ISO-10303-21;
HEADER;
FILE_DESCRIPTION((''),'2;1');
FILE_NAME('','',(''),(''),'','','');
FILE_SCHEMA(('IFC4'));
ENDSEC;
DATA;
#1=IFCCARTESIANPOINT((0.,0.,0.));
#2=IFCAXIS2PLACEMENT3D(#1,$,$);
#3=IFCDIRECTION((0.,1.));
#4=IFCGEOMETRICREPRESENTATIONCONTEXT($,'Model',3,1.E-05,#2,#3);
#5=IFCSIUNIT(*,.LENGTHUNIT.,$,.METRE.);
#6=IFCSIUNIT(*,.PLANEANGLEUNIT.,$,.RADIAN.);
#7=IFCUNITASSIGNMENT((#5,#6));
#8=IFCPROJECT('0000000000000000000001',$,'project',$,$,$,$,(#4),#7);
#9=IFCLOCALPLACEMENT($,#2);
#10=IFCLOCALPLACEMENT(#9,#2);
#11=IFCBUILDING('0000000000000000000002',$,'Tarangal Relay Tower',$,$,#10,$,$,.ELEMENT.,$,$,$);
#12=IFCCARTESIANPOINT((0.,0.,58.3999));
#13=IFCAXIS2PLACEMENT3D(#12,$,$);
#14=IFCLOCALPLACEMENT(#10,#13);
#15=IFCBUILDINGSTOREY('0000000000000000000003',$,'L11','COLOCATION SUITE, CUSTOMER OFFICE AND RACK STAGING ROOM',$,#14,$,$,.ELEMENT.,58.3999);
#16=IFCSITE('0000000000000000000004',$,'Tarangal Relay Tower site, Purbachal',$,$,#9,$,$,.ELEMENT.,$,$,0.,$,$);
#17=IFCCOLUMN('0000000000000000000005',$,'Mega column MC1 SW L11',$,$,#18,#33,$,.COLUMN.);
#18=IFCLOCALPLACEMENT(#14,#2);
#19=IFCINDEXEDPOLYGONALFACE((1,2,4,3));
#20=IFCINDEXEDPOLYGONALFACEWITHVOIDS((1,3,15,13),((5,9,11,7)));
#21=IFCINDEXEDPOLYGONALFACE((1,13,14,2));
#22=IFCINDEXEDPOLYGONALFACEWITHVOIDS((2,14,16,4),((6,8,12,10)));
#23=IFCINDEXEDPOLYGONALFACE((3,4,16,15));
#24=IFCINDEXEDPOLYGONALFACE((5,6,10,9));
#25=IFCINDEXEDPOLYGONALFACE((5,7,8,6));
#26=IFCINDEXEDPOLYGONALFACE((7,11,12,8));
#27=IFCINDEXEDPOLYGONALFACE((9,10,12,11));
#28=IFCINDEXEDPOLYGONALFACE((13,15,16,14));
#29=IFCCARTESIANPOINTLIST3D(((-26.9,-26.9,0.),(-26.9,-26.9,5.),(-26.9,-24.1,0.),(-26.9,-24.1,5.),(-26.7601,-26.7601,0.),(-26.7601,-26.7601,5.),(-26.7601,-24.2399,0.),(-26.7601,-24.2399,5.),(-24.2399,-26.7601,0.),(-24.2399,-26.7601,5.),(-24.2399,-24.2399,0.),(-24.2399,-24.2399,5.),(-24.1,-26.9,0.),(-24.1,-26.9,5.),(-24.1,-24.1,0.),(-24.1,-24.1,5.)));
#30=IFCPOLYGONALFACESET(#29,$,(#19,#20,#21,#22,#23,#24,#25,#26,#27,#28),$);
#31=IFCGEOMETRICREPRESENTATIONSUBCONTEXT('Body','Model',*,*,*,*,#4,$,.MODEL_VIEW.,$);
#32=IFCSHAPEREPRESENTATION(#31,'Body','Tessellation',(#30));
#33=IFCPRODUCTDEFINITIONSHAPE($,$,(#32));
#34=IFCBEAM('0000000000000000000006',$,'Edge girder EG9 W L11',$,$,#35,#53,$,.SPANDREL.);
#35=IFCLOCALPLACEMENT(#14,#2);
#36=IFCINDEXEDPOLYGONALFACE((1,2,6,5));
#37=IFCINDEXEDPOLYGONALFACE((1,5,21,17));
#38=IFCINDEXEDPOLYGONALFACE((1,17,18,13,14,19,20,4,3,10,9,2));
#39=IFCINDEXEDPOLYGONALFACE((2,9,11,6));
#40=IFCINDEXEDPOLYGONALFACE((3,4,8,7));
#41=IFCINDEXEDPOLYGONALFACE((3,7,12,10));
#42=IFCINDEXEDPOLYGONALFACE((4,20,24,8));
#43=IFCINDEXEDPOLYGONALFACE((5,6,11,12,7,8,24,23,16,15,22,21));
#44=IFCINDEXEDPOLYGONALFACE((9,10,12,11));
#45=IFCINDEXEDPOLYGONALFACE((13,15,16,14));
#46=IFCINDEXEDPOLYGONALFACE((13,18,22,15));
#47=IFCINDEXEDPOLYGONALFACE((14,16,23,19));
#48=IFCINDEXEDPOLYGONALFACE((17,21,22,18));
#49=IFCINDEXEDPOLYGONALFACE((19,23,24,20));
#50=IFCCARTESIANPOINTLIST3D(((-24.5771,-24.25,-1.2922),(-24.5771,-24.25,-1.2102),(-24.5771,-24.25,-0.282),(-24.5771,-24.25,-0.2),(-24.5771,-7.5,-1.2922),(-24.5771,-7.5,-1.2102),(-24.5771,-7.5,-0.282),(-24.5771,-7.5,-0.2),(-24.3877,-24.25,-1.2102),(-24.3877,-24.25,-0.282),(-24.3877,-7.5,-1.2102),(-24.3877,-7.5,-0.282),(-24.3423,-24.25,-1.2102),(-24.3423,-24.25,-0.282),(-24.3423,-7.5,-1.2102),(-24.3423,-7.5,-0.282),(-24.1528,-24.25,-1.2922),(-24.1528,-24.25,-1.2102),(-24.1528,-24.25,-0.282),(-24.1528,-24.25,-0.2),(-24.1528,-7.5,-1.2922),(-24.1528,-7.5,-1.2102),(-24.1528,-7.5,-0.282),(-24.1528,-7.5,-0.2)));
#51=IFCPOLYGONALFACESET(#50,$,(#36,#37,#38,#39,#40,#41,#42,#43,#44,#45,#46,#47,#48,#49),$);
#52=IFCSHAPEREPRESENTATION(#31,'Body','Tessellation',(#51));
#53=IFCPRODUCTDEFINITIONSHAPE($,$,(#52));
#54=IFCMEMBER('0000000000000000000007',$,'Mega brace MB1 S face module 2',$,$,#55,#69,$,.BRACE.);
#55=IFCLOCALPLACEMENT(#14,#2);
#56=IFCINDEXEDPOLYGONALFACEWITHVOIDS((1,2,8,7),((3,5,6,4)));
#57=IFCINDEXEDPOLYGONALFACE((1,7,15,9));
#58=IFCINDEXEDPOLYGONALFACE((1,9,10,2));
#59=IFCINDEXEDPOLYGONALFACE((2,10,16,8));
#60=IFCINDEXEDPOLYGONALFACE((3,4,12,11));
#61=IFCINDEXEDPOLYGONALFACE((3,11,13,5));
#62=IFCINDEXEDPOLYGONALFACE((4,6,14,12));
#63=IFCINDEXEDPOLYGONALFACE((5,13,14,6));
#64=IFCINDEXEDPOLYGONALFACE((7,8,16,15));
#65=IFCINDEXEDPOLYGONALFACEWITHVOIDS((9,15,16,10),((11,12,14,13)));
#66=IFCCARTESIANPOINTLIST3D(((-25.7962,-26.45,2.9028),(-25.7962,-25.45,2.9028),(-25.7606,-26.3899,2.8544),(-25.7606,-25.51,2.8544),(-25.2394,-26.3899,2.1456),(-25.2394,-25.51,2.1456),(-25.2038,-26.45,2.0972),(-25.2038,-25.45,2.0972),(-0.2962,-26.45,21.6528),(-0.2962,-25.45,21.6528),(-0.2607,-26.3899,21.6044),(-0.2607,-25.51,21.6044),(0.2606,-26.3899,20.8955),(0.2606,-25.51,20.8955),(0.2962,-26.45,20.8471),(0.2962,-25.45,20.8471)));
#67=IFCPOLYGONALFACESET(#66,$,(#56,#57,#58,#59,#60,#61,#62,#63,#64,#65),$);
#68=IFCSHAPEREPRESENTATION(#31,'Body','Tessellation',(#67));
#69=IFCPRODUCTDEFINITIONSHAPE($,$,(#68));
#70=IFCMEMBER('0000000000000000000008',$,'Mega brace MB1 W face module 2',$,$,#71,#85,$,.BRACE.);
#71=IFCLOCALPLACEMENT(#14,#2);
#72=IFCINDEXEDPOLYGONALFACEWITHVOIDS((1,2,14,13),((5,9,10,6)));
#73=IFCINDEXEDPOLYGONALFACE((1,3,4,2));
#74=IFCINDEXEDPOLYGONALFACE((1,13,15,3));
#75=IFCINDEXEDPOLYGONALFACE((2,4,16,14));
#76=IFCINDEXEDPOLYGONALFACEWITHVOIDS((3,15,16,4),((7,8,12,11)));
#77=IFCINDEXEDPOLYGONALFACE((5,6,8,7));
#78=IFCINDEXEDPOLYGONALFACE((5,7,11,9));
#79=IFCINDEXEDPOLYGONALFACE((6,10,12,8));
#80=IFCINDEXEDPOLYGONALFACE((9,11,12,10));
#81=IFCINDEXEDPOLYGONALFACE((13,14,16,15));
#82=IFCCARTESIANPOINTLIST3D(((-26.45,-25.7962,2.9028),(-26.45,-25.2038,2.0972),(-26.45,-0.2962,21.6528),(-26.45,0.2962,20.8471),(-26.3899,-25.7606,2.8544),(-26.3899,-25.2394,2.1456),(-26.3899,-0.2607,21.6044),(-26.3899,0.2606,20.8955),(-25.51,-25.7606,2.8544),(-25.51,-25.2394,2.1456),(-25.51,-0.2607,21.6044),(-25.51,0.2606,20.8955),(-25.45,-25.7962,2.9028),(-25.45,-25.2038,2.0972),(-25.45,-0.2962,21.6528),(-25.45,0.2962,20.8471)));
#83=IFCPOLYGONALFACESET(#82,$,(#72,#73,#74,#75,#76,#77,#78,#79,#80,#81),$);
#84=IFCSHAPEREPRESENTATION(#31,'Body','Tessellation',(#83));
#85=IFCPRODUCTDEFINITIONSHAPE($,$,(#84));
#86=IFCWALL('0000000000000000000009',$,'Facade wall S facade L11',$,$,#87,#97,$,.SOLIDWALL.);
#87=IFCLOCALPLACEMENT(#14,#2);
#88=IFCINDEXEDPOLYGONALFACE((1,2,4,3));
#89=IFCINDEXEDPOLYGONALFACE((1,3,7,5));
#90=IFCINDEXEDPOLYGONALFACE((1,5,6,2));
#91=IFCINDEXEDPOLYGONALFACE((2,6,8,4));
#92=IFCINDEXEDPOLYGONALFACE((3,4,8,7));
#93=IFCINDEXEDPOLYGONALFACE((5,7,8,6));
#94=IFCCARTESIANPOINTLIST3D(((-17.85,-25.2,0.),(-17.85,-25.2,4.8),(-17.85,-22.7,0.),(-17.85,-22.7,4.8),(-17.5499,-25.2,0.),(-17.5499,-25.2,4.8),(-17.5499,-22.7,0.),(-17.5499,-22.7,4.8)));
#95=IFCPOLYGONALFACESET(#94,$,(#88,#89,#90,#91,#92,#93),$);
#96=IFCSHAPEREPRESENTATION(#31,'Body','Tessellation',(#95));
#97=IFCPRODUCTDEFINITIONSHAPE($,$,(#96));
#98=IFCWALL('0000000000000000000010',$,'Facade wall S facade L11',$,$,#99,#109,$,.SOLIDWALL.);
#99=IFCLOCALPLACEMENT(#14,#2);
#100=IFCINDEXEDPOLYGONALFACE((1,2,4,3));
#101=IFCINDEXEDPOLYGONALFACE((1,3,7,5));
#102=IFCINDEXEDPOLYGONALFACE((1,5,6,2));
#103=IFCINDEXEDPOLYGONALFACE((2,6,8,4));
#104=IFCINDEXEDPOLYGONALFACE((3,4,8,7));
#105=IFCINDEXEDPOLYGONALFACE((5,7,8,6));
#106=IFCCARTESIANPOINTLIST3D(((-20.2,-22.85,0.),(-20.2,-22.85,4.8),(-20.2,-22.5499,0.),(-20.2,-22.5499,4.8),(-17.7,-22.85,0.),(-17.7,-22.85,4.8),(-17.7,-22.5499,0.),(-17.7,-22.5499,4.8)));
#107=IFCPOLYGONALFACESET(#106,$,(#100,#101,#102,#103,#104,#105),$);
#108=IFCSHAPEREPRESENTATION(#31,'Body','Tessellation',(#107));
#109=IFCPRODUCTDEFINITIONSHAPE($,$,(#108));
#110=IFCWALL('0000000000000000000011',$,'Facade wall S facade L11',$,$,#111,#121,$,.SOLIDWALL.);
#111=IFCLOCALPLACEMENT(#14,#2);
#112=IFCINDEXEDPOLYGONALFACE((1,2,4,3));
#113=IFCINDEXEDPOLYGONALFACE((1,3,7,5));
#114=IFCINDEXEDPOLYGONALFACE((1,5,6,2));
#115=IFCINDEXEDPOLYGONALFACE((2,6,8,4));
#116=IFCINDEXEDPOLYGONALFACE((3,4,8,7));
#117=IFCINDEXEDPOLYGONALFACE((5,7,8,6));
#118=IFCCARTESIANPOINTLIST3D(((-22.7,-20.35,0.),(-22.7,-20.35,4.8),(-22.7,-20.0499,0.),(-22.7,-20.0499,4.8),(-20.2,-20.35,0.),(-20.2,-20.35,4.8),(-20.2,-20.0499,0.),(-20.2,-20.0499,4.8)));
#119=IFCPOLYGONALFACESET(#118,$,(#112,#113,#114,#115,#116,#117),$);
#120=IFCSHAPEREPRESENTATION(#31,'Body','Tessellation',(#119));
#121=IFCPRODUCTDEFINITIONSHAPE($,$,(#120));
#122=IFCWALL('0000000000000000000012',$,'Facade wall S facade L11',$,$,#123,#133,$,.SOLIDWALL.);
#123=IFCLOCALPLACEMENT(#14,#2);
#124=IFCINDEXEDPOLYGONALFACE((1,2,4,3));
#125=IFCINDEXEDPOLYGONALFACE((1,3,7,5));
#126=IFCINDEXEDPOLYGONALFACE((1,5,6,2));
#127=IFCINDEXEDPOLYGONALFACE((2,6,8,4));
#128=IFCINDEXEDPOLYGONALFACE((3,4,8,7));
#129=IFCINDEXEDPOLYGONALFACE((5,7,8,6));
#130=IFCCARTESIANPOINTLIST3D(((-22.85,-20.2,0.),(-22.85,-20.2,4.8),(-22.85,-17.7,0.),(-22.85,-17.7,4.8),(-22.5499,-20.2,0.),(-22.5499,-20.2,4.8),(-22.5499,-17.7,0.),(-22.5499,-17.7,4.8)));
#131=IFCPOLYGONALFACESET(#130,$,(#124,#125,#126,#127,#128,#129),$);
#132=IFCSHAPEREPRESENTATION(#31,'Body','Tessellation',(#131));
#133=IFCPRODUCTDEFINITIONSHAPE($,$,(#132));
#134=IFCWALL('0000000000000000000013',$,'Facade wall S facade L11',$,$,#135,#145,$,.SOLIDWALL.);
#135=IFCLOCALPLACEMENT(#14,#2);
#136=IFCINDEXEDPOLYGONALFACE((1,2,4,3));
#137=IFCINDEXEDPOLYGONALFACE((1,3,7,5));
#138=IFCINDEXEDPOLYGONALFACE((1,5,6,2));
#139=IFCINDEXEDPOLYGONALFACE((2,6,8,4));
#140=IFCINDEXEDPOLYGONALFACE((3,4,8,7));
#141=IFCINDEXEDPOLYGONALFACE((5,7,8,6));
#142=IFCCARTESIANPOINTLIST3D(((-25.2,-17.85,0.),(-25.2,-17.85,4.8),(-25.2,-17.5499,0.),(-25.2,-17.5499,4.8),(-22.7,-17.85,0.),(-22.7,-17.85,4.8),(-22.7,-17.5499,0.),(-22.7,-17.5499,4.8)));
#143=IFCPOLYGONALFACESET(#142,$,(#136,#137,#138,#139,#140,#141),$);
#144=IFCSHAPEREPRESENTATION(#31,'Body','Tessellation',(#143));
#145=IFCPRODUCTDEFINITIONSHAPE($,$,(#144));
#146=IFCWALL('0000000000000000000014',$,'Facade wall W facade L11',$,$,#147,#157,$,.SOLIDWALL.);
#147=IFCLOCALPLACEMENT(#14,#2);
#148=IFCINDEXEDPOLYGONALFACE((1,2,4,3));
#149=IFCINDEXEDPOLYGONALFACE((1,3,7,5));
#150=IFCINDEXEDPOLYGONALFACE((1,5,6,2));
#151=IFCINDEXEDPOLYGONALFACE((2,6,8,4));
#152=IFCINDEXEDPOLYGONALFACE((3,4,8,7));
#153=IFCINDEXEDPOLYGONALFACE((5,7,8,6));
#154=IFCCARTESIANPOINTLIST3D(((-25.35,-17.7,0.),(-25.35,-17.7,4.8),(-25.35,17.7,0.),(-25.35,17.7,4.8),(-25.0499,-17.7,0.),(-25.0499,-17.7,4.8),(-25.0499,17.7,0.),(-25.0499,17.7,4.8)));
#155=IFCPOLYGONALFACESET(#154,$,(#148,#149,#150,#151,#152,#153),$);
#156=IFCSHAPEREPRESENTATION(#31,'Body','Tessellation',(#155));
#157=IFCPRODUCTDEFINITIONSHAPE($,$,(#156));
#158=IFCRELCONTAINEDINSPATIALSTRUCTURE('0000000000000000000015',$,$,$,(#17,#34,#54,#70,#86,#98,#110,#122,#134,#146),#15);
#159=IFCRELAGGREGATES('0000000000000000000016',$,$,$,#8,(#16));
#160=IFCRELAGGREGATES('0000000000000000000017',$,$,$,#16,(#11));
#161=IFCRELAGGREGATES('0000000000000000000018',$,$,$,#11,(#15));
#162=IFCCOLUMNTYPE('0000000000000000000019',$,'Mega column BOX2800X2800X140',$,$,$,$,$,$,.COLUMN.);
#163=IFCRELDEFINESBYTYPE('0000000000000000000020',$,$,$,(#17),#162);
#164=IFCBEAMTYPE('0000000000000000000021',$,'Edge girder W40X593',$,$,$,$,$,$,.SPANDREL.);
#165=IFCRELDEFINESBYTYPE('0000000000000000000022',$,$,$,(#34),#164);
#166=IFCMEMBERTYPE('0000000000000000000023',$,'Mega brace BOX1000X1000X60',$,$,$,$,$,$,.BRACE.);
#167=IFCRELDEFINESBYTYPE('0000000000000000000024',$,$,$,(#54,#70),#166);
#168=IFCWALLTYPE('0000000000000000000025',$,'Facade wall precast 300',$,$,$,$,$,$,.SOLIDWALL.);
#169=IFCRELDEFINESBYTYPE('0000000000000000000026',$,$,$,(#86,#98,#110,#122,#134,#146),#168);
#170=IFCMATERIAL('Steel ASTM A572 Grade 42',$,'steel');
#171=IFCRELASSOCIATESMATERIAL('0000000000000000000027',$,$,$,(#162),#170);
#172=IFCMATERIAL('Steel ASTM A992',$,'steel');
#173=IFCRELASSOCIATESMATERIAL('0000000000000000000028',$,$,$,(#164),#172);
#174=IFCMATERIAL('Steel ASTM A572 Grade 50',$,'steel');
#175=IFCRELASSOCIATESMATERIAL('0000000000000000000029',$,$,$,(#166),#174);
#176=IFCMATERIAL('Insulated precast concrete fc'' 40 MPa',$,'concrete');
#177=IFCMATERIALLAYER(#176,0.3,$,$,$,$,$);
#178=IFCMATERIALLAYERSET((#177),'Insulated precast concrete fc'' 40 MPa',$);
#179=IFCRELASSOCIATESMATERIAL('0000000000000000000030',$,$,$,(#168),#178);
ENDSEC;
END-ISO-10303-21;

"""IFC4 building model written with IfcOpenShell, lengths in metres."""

from ifc_helpers import new_model, si_unit, direction, frame, frame_2d, origin, origin_2d, place, context, subcontext, project, spatial, rectangle, hollow_rectangle, i_section, extrude, material, layer, layer_set, material_profile, profile_set, type_object, element, save


model = new_model("IFC4")

# Units and contexts
model_context = context("Model", 3, precision=1e-05, world=origin(), true_north=direction((0.0, 1.0)))
body_context = subcontext(model_context, "Body", "Model", "MODEL_VIEW")
ifc_project = project(units=[si_unit("LENGTHUNIT", "METRE"), si_unit("PLANEANGLEUNIT", "RADIAN")], contexts=[model_context])

# Site, building, storey
site_placement = place(None, origin())
site = spatial("IfcSite", under=ifc_project, at=site_placement, Name="Tarangal Relay Tower site, Purbachal", CompositionType="ELEMENT", RefElevation=0.0)
building_placement = place(site_placement, origin())
building = spatial("IfcBuilding", under=site, at=building_placement, Name="Tarangal Relay Tower", CompositionType="ELEMENT")
storey_placement = place(building_placement, frame((0.0, 0.0, 58.3999)))
storey = spatial("IfcBuildingStorey", under=building, at=storey_placement, Name="L11", Description="COLOCATION SUITE, CUSTOMER OFFICE AND RACK STAGING ROOM", CompositionType="ELEMENT", Elevation=58.3999)

# Column
ifc_material_1 = material(Name="Steel ASTM A572 Grade 42", Category="steel")
ifc_material_profile_1 = material_profile(ifc_material_1, hollow_rectangle(XDim=2.8, YDim=2.8, WallThickness=0.1399, at=origin_2d()), Name="BOX2800X2800X140")
ifc_profile_set_1 = profile_set([ifc_material_profile_1], Name="Steel ASTM A572 Grade 42")
column_type = type_object("IfcColumnType", Name="Mega column BOX2800X2800X140", PredefinedType="COLUMN", material=ifc_profile_set_1)
column_placement = place(storey_placement, frame((-25.5, -25.5, 0.0), z_axis=(0.0, 0.0, 1.0), x_axis=(1.0, 0.0, 0.0)))
element("IfcColumn", 1, at=column_placement, inside=storey, type_object=column_type, Name="Mega column MC1 SW L11", PredefinedType="COLUMN", context=body_context, shape_type="SweptSolid", body=[
    extrude(hollow_rectangle(XDim=2.8, YDim=2.8, WallThickness=0.1399, at=origin_2d()), origin(), (0.0, 0.0, 1.0), 5.0),
])

# Beam
ifc_material_2 = material(Name="Steel ASTM A992", Category="steel")
ifc_material_profile_2 = material_profile(ifc_material_2, i_section(OverallWidth=0.4243, OverallDepth=1.0923, WebThickness=0.0454, FlangeThickness=0.082, at=origin_2d()), Name="W40X593")
ifc_profile_set_2 = profile_set([ifc_material_profile_2], Name="Steel ASTM A992")
beam_type = type_object("IfcBeamType", Name="Edge girder W40X593", PredefinedType="SPANDREL", material=ifc_profile_set_2)
beam_placement = place(storey_placement, frame((-24.365, -24.25, -0.7461), z_axis=(0.0, 1.0, 0.0), x_axis=(-1.0, 0.0, 0.0)))
element("IfcBeam", 2, at=beam_placement, inside=storey, type_object=beam_type, Name="Edge girder EG9 W L11", PredefinedType="SPANDREL", context=body_context, shape_type="SweptSolid", body=[
    extrude(i_section(OverallWidth=0.4243, OverallDepth=1.0923, WebThickness=0.0454, FlangeThickness=0.082, at=origin_2d()), origin(), (0.0, 0.0, 1.0), 16.75),
])

# Members
ifc_material_3 = material(Name="Steel ASTM A572 Grade 50", Category="steel")
ifc_material_profile_3 = material_profile(ifc_material_3, hollow_rectangle(XDim=1.0, YDim=1.0, WallThickness=0.0601, at=origin_2d()), Name="BOX1000X1000X60")
ifc_profile_set_3 = profile_set([ifc_material_profile_3], Name="Steel ASTM A572 Grade 50")
member_type = type_object("IfcMemberType", Name="Mega brace BOX1000X1000X60", PredefinedType="BRACE", material=ifc_profile_set_3)
for number, where, z_axis, x_axis, name in (
    (3, (-25.5, -25.95, 2.5), (0.805651, 0.0, 0.59239), (0.0, 1.0, 0.0), "Mega brace MB1 S face module 2"),
    (4, (-25.95, -25.5, 2.5), (0.0, 0.805651, 0.59239), (-1.0, 0.0, 0.0), "Mega brace MB1 W face module 2"),
):
    element("IfcMember", number, at=place(storey_placement, frame(where, z_axis=z_axis, x_axis=x_axis)), inside=storey, type_object=member_type, Name=name, PredefinedType="BRACE", context=body_context, shape_type="SweptSolid", body=[
        extrude(hollow_rectangle(XDim=1.0, YDim=1.0, WallThickness=0.0601, at=origin_2d()), origin(), (0.0, 0.0, 1.0), 31.6514),
    ])

# Walls
ifc_material_4 = material(Name="Insulated precast concrete fc' 40 MPa", Category="concrete")
ifc_layer_1 = layer(ifc_material_4, 0.3)
ifc_layer_set_1 = layer_set([ifc_layer_1], Name="Insulated precast concrete fc' 40 MPa")
wall_type_1 = type_object("IfcWallType", Name="Facade wall precast 300", PredefinedType="SOLIDWALL", material=ifc_layer_set_1)
for number, where, z_axis, x_axis, name in (
    (5, (-17.7, -25.2, 0.0), (0.0, 0.0, 1.0), (0.0, 1.0, 0.0), "Facade wall S facade L11"),
    (6, (-17.7, -22.7, 0.0), (0.0, 0.0, 1.0), (-1.0, 0.0, 0.0), "Facade wall S facade L11"),
):
    element("IfcWall", number, at=place(storey_placement, frame(where, z_axis=z_axis, x_axis=x_axis)), inside=storey, type_object=wall_type_1, Name=name, PredefinedType="SOLIDWALL", context=body_context, shape_type="SweptSolid", body=[
        extrude(rectangle(XDim=2.5, YDim=0.3, at=frame_2d((1.25, 0.0))), origin(), (0.0, 0.0, 1.0), 4.8),
    ])

# Walls
for number, where, z_axis, x_axis, name in (
    (7, (-20.2, -20.2, 0.0), (0.0, 0.0, 1.0), (-1.0, 0.0, 0.0), "Facade wall S facade L11"),
    (8, (-22.7, -20.2, 0.0), (0.0, 0.0, 1.0), (0.0, 1.0, 0.0), "Facade wall S facade L11"),
    (9, (-22.7, -17.7, 0.0), (0.0, 0.0, 1.0), (-1.0, 0.0, 0.0), "Facade wall S facade L11"),
):
    element("IfcWall", number, at=place(storey_placement, frame(where, z_axis=z_axis, x_axis=x_axis)), inside=storey, type_object=wall_type_1, Name=name, PredefinedType="SOLIDWALL", context=body_context, shape_type="SweptSolid", body=[
        extrude(rectangle(XDim=2.5, YDim=0.3, at=frame_2d((1.25, 0.0))), origin(), (0.0, 0.0, 1.0), 4.8),
    ])
wall_1_placement = place(storey_placement, frame((-25.2, -17.7, 0.0), z_axis=(0.0, 0.0, 1.0), x_axis=(0.0, 1.0, 0.0)))
element("IfcWall", 10, at=wall_1_placement, inside=storey, type_object=wall_type_1, Name="Facade wall W facade L11", PredefinedType="SOLIDWALL", context=body_context, shape_type="SweptSolid", body=[
    extrude(rectangle(XDim=35.3999, YDim=0.3, at=frame_2d((17.7, 0.0))), origin(), (0.0, 0.0, 1.0), 4.8),
])

save(model, "model.ifc")
